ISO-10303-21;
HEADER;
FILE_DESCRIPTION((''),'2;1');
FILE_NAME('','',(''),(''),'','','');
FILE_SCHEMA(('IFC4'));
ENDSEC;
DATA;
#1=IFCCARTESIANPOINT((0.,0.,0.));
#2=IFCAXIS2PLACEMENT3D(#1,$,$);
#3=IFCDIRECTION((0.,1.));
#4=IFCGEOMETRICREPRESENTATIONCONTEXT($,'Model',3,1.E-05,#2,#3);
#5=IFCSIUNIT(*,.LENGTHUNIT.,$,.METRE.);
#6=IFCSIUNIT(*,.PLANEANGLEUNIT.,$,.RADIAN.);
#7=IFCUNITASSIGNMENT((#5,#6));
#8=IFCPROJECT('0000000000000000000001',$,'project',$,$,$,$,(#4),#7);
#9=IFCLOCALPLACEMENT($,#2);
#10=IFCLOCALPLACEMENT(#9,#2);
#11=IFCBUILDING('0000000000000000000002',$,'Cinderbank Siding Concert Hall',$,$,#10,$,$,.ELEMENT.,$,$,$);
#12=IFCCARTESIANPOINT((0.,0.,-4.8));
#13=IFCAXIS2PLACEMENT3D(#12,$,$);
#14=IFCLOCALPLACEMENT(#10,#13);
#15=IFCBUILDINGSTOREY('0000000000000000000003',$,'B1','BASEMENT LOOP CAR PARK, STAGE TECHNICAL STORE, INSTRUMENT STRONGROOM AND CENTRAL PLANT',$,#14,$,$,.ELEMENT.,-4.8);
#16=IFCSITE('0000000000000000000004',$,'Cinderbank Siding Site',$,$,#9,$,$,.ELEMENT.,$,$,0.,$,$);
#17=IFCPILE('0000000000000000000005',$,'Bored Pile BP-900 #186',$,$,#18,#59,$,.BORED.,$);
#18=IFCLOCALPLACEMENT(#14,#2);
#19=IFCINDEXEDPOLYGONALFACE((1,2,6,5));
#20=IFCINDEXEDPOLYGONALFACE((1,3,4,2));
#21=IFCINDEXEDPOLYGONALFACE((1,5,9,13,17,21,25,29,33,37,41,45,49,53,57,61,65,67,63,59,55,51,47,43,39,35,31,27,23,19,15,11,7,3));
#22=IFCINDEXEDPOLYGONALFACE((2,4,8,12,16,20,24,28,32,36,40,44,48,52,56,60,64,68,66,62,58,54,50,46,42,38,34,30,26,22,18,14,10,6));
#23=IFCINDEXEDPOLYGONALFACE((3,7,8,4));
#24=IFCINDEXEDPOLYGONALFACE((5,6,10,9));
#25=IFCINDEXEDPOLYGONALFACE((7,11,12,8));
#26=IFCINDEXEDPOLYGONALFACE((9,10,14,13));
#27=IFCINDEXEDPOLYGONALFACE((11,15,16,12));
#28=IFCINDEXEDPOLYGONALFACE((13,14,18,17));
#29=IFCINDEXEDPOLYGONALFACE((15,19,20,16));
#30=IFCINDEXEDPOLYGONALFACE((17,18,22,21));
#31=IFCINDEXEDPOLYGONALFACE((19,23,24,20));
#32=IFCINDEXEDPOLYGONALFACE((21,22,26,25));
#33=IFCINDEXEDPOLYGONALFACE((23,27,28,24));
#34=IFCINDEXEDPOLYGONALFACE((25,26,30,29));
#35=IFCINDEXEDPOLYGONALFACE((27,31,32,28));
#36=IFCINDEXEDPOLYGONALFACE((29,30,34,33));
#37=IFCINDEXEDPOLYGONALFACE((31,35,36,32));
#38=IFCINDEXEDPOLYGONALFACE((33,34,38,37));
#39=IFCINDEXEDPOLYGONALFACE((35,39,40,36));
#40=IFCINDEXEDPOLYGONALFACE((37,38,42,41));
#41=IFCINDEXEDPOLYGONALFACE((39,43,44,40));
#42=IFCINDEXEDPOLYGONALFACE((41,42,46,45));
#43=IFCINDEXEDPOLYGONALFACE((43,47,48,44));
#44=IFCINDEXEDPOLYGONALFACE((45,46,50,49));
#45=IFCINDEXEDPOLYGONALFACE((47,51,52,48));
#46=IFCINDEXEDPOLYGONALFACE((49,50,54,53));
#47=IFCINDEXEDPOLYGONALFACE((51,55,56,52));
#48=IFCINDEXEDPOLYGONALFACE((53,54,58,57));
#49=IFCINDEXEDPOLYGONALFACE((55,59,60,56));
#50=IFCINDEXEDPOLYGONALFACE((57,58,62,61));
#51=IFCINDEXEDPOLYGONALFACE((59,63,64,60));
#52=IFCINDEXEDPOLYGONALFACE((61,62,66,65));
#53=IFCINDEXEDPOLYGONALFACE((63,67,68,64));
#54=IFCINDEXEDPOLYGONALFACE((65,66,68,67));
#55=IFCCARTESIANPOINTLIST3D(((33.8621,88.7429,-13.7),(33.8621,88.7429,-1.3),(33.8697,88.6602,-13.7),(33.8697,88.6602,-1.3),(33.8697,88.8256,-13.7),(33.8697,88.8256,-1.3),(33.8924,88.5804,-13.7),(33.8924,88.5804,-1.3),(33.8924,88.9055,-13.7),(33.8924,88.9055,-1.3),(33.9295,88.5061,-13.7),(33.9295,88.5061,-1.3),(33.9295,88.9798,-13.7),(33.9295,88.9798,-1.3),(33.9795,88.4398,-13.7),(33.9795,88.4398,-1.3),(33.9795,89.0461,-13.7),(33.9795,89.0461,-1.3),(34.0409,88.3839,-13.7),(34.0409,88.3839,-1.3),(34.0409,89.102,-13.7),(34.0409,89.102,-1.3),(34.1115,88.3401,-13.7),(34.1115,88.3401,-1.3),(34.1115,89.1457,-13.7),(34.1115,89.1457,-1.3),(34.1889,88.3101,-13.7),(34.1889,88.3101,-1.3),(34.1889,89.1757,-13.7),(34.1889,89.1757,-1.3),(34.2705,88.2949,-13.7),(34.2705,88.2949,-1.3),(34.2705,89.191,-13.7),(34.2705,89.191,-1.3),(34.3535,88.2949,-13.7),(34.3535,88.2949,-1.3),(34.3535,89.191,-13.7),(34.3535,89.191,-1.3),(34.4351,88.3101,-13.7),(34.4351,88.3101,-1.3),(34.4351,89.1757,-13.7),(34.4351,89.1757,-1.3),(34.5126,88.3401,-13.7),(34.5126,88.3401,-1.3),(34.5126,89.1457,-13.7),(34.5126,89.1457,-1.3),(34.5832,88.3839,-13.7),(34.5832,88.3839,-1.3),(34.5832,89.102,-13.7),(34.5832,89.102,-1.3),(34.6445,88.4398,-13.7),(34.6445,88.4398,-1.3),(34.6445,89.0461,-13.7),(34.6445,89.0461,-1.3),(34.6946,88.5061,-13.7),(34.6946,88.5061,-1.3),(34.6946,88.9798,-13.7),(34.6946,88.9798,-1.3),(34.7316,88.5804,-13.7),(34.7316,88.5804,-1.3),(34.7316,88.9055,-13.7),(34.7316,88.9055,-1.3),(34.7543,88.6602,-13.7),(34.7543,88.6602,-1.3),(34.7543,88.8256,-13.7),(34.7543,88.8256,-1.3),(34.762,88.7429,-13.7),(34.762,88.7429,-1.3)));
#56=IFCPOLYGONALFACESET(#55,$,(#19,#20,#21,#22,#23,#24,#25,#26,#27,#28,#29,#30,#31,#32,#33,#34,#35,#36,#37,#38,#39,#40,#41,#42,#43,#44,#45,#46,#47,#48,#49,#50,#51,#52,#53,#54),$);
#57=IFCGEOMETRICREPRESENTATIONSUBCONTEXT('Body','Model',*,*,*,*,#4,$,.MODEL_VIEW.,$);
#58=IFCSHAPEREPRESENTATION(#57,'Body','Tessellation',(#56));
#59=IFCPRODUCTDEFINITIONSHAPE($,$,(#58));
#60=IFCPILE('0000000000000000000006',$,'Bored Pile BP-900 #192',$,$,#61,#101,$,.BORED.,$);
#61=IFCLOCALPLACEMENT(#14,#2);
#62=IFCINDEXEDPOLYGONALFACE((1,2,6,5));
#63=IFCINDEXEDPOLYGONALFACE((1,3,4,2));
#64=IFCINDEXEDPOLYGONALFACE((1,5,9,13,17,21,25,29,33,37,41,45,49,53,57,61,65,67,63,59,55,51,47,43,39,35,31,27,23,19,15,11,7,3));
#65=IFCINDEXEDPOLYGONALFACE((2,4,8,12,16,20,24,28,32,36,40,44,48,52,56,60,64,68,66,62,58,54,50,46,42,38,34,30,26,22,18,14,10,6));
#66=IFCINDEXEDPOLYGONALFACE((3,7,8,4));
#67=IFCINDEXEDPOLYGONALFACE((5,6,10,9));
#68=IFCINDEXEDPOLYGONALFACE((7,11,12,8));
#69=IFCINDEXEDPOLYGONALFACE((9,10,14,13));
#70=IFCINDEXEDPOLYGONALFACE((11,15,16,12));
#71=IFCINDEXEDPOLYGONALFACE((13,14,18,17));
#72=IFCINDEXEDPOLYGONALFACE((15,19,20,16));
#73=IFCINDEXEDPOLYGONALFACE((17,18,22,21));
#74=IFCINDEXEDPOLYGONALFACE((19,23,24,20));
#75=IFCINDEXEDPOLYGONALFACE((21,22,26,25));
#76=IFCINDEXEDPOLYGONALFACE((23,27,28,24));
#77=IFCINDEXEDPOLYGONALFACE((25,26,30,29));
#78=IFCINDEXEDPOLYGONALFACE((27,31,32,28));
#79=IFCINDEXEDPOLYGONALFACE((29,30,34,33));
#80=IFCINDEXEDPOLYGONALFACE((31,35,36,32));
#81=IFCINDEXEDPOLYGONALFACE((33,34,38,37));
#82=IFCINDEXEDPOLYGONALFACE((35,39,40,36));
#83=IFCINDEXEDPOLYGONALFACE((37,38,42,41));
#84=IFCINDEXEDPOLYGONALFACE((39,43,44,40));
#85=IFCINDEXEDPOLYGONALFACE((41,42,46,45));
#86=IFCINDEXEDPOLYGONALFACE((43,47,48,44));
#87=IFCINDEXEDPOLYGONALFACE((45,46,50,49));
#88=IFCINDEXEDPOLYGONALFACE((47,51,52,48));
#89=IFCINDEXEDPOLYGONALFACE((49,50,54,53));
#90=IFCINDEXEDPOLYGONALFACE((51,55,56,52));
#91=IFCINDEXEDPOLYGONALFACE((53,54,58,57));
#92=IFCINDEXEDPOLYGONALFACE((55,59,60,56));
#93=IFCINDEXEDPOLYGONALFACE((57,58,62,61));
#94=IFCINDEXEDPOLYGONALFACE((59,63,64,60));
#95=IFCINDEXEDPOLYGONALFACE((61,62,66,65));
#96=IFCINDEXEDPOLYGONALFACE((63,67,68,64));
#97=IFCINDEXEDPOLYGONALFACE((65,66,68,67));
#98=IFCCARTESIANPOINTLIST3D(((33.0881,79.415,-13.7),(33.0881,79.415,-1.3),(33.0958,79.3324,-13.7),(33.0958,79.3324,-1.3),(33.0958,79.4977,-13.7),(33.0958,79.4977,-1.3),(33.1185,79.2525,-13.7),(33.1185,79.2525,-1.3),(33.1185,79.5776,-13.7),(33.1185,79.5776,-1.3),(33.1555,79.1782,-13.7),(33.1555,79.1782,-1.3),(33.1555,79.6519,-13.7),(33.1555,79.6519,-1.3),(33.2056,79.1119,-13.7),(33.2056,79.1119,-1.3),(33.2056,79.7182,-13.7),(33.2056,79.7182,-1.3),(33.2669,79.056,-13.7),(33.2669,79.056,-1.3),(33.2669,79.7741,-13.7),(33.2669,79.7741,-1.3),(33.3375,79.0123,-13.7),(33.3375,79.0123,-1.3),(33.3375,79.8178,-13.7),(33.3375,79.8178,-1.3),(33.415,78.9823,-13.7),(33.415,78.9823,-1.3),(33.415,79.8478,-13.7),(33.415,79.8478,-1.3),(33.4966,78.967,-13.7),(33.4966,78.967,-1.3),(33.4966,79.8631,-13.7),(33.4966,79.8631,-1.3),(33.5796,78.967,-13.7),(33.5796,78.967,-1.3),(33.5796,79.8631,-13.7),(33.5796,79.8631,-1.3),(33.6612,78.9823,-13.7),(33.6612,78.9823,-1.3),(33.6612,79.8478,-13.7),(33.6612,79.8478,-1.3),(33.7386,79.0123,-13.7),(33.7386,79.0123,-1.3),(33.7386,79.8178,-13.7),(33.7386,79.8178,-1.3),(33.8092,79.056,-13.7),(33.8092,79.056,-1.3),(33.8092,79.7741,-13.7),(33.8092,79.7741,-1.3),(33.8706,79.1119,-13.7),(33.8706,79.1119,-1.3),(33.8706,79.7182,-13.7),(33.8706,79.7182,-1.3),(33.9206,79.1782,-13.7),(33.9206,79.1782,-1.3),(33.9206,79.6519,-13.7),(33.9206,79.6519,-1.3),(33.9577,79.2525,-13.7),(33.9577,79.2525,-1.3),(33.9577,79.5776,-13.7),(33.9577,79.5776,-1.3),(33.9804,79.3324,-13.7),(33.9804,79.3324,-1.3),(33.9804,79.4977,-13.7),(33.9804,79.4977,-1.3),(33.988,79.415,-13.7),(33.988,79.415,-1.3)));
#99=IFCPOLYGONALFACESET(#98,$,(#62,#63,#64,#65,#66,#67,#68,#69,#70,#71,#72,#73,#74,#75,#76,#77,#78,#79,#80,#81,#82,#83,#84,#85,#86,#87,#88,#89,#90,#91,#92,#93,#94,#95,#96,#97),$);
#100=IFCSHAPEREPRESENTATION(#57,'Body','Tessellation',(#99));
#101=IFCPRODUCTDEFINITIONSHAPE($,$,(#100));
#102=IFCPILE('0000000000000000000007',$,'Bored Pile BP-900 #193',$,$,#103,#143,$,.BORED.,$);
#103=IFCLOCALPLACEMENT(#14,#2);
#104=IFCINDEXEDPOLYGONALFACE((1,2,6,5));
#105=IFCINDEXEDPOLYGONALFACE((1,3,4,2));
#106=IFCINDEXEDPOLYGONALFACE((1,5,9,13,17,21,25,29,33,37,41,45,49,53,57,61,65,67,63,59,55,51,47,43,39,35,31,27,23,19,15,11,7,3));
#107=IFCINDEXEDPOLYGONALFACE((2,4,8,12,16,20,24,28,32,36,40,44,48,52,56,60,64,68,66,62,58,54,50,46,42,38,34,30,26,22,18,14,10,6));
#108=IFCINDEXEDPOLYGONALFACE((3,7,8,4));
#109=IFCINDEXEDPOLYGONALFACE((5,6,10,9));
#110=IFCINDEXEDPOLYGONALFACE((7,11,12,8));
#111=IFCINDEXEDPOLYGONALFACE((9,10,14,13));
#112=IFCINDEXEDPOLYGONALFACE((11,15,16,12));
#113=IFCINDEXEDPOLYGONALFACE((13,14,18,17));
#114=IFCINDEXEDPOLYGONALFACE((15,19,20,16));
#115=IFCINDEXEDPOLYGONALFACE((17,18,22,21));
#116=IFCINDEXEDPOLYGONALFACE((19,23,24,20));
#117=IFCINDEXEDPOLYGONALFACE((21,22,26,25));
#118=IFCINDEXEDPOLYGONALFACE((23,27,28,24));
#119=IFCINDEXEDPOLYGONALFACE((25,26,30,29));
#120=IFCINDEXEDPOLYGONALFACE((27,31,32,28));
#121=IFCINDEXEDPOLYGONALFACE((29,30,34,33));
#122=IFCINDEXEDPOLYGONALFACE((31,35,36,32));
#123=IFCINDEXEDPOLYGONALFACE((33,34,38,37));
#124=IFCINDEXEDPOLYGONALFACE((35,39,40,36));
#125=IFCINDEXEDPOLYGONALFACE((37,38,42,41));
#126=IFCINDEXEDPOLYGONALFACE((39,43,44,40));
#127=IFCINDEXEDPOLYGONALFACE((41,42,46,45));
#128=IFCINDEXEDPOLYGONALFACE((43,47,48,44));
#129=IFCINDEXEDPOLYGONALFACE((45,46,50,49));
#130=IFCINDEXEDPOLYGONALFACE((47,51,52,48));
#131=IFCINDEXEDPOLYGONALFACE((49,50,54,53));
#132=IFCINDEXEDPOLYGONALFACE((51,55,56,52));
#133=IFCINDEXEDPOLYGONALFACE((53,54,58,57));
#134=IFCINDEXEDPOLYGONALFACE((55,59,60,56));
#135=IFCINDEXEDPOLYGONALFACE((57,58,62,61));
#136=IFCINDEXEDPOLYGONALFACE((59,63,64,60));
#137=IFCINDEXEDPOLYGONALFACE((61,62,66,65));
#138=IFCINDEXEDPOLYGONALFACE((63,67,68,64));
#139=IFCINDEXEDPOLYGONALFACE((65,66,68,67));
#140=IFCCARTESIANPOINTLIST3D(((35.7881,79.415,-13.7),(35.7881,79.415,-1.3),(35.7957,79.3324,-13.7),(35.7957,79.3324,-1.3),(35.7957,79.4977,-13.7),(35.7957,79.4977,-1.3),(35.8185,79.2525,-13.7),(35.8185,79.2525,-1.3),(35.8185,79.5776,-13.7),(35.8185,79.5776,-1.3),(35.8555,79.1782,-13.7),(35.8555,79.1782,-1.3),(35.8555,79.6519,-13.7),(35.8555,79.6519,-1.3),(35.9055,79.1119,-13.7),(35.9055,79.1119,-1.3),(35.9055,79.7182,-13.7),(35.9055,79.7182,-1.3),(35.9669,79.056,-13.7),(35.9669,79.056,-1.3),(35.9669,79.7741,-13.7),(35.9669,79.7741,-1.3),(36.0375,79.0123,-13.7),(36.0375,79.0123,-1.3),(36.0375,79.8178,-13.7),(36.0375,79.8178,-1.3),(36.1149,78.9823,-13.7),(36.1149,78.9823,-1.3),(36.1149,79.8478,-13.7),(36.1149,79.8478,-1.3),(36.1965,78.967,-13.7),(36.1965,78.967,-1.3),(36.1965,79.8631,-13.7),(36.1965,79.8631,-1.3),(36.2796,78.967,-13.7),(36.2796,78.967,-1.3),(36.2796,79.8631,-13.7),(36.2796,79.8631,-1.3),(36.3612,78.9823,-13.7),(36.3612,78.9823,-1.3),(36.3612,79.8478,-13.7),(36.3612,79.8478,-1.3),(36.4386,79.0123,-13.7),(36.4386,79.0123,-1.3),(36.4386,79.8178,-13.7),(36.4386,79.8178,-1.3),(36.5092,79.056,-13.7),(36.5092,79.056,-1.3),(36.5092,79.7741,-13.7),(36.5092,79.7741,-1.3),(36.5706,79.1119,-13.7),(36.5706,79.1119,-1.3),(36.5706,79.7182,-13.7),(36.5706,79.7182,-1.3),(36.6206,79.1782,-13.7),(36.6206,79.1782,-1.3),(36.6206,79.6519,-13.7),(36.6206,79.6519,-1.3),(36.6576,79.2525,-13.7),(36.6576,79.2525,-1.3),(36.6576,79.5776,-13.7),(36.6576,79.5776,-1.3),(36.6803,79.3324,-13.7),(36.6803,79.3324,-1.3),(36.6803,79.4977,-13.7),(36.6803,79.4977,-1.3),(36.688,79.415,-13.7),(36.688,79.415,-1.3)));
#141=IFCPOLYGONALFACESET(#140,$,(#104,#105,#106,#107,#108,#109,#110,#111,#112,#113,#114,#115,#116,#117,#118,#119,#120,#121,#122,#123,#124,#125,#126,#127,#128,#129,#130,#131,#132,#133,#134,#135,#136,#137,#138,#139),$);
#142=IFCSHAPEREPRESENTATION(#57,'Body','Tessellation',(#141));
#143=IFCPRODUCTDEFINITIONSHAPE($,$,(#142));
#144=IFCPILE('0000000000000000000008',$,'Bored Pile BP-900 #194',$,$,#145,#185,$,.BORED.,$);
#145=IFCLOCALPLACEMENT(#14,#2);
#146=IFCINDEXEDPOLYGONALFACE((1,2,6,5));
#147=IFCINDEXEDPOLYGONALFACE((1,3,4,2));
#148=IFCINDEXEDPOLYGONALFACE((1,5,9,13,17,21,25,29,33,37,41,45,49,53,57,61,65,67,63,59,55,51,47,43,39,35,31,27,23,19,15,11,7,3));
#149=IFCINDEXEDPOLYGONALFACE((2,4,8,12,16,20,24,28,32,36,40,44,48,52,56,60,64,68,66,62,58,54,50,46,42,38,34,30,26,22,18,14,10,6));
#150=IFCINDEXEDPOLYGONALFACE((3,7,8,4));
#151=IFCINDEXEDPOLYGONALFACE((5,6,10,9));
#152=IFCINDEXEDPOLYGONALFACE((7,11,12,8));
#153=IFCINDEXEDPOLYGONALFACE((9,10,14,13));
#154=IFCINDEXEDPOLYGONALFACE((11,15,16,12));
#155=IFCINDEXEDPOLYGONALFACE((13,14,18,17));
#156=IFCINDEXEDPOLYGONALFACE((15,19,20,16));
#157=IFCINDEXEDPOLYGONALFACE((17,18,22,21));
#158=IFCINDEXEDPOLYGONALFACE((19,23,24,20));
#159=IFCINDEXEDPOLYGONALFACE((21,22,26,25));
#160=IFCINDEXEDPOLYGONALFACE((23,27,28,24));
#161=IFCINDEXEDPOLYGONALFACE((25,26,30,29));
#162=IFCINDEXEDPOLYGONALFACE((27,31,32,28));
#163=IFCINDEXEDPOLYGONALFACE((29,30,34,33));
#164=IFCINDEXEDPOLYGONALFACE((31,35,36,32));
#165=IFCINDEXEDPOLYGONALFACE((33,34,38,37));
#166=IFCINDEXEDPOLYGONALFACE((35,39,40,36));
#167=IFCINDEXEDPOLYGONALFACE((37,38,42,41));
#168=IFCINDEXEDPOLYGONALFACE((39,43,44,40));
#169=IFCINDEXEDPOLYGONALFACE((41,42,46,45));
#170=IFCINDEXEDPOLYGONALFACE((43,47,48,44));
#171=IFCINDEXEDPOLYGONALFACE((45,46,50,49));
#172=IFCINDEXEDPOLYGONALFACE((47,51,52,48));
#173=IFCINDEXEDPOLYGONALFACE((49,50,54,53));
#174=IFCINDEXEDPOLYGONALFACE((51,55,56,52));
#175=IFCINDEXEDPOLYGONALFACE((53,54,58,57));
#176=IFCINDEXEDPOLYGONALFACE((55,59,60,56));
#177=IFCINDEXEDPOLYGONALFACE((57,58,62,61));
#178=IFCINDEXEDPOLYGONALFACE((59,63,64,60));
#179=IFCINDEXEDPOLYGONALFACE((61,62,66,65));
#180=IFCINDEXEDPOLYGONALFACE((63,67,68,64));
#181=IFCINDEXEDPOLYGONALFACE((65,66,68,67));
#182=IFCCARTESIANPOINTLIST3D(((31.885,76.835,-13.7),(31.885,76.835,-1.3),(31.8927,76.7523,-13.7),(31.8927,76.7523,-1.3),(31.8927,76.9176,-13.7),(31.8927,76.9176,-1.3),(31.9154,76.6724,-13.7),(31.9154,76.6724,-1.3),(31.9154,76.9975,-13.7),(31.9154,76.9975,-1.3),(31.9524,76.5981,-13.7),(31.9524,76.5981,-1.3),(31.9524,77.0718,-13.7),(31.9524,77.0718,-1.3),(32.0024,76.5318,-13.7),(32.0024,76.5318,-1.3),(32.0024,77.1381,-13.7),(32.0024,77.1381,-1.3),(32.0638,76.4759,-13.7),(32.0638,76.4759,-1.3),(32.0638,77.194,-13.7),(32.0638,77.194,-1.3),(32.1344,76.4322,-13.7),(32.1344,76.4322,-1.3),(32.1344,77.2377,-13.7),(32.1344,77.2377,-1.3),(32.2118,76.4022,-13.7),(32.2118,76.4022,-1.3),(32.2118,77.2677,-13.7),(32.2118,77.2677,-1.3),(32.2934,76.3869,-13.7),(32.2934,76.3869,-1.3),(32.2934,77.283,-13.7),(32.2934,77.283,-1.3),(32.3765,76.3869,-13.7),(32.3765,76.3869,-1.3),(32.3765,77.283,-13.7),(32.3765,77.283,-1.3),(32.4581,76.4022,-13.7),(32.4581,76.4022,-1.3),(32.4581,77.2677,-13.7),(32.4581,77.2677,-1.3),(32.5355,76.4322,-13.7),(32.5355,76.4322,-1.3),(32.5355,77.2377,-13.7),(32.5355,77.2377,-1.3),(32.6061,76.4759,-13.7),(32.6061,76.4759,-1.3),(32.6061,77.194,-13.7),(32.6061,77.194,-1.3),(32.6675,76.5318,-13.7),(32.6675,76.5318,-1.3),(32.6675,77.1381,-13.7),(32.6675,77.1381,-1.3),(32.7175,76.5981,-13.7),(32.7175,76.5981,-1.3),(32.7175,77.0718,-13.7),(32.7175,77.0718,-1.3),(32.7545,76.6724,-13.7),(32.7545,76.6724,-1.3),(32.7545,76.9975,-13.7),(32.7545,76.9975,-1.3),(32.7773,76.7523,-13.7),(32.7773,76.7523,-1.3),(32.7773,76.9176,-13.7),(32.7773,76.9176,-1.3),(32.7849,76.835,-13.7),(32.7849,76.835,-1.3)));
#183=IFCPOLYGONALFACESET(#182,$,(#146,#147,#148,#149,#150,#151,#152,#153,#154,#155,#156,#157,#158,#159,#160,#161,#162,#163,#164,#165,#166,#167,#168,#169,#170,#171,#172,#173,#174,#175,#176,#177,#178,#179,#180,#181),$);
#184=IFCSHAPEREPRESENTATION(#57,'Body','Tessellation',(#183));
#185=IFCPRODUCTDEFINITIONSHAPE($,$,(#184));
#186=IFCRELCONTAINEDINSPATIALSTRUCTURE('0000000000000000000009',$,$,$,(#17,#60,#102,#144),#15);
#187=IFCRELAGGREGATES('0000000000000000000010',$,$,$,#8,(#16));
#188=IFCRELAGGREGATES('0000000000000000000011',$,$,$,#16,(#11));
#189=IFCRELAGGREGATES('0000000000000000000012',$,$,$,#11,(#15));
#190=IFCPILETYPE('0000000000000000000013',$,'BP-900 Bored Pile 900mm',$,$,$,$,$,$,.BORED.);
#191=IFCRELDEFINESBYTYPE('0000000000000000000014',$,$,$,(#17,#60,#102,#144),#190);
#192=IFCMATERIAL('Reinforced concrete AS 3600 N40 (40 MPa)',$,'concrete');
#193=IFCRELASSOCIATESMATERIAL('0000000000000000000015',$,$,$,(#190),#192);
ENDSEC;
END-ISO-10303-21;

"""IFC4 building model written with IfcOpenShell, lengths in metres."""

from ifc_helpers import new_model, si_unit, direction, frame, origin, origin_2d, place, context, subcontext, project, spatial, circle, extrude, material, material_profile, profile_set, type_object, element, save


model = new_model("IFC4")

# Units and contexts
model_context = context("Model", 3, precision=1e-05, world=origin(), true_north=direction((0.0, 1.0)))
body_context = subcontext(model_context, "Body", "Model", "MODEL_VIEW")
ifc_project = project(units=[si_unit("LENGTHUNIT", "METRE"), si_unit("PLANEANGLEUNIT", "RADIAN")], contexts=[model_context])

# Site, building, storey
site_placement = place(None, origin())
site = spatial("IfcSite", under=ifc_project, at=site_placement, Name="Cinderbank Siding Site", CompositionType="ELEMENT", RefElevation=0.0)
building_placement = place(site_placement, origin())
building = spatial("IfcBuilding", under=site, at=building_placement, Name="Cinderbank Siding Concert Hall", CompositionType="ELEMENT")
storey_placement = place(building_placement, frame((0.0, 0.0, -4.8)))
storey = spatial("IfcBuildingStorey", under=building, at=storey_placement, Name="B1", Description="BASEMENT LOOP CAR PARK, STAGE TECHNICAL STORE, INSTRUMENT STRONGROOM AND CENTRAL PLANT", CompositionType="ELEMENT", Elevation=-4.8)

# Piles
ifc_material_1 = material(Name="Reinforced concrete AS 3600 N40 (40 MPa)", Category="concrete")
ifc_material_profile_1 = material_profile(ifc_material_1, circle(Radius=0.45, at=origin_2d()), Name="PILE-900DIA", Category="LoadBearing")
ifc_profile_set_1 = profile_set([ifc_material_profile_1], Name="Reinforced concrete AS 3600 N40 (40 MPa)")
pile_type_1 = type_object("IfcPileType", Name="BP-900 Bored Pile 900mm", PredefinedType="BORED", material=ifc_profile_set_1)
for number, where, z_axis, x_axis, name in (
    (1, (34.312, 88.7429, -1.3), (0.0, 0.0, -1.0), (1.0, 0.0, 0.0), "Bored Pile BP-900 #186"),
    (2, (33.5381, 79.415, -1.3), (0.0, 0.0, -1.0), (1.0, 0.0, 0.0), "Bored Pile BP-900 #192"),
    (3, (36.238, 79.415, -1.3), (0.0, 0.0, -1.0), (1.0, 0.0, 0.0), "Bored Pile BP-900 #193"),
    (4, (32.335, 76.835, -1.3), (0.0, 0.0, -1.0), (1.0, 0.0, 0.0), "Bored Pile BP-900 #194"),
):
    element("IfcPile", number, at=place(storey_placement, frame(where, z_axis=z_axis, x_axis=x_axis)), inside=storey, type_object=pile_type_1, Name=name, PredefinedType="BORED", context=body_context, shape_type="SweptSolid", body=[
        extrude(circle(Radius=0.45, at=origin_2d()), origin(), (0.0, 0.0, 1.0), 12.3999),
    ])

save(model, "model.ifc")
